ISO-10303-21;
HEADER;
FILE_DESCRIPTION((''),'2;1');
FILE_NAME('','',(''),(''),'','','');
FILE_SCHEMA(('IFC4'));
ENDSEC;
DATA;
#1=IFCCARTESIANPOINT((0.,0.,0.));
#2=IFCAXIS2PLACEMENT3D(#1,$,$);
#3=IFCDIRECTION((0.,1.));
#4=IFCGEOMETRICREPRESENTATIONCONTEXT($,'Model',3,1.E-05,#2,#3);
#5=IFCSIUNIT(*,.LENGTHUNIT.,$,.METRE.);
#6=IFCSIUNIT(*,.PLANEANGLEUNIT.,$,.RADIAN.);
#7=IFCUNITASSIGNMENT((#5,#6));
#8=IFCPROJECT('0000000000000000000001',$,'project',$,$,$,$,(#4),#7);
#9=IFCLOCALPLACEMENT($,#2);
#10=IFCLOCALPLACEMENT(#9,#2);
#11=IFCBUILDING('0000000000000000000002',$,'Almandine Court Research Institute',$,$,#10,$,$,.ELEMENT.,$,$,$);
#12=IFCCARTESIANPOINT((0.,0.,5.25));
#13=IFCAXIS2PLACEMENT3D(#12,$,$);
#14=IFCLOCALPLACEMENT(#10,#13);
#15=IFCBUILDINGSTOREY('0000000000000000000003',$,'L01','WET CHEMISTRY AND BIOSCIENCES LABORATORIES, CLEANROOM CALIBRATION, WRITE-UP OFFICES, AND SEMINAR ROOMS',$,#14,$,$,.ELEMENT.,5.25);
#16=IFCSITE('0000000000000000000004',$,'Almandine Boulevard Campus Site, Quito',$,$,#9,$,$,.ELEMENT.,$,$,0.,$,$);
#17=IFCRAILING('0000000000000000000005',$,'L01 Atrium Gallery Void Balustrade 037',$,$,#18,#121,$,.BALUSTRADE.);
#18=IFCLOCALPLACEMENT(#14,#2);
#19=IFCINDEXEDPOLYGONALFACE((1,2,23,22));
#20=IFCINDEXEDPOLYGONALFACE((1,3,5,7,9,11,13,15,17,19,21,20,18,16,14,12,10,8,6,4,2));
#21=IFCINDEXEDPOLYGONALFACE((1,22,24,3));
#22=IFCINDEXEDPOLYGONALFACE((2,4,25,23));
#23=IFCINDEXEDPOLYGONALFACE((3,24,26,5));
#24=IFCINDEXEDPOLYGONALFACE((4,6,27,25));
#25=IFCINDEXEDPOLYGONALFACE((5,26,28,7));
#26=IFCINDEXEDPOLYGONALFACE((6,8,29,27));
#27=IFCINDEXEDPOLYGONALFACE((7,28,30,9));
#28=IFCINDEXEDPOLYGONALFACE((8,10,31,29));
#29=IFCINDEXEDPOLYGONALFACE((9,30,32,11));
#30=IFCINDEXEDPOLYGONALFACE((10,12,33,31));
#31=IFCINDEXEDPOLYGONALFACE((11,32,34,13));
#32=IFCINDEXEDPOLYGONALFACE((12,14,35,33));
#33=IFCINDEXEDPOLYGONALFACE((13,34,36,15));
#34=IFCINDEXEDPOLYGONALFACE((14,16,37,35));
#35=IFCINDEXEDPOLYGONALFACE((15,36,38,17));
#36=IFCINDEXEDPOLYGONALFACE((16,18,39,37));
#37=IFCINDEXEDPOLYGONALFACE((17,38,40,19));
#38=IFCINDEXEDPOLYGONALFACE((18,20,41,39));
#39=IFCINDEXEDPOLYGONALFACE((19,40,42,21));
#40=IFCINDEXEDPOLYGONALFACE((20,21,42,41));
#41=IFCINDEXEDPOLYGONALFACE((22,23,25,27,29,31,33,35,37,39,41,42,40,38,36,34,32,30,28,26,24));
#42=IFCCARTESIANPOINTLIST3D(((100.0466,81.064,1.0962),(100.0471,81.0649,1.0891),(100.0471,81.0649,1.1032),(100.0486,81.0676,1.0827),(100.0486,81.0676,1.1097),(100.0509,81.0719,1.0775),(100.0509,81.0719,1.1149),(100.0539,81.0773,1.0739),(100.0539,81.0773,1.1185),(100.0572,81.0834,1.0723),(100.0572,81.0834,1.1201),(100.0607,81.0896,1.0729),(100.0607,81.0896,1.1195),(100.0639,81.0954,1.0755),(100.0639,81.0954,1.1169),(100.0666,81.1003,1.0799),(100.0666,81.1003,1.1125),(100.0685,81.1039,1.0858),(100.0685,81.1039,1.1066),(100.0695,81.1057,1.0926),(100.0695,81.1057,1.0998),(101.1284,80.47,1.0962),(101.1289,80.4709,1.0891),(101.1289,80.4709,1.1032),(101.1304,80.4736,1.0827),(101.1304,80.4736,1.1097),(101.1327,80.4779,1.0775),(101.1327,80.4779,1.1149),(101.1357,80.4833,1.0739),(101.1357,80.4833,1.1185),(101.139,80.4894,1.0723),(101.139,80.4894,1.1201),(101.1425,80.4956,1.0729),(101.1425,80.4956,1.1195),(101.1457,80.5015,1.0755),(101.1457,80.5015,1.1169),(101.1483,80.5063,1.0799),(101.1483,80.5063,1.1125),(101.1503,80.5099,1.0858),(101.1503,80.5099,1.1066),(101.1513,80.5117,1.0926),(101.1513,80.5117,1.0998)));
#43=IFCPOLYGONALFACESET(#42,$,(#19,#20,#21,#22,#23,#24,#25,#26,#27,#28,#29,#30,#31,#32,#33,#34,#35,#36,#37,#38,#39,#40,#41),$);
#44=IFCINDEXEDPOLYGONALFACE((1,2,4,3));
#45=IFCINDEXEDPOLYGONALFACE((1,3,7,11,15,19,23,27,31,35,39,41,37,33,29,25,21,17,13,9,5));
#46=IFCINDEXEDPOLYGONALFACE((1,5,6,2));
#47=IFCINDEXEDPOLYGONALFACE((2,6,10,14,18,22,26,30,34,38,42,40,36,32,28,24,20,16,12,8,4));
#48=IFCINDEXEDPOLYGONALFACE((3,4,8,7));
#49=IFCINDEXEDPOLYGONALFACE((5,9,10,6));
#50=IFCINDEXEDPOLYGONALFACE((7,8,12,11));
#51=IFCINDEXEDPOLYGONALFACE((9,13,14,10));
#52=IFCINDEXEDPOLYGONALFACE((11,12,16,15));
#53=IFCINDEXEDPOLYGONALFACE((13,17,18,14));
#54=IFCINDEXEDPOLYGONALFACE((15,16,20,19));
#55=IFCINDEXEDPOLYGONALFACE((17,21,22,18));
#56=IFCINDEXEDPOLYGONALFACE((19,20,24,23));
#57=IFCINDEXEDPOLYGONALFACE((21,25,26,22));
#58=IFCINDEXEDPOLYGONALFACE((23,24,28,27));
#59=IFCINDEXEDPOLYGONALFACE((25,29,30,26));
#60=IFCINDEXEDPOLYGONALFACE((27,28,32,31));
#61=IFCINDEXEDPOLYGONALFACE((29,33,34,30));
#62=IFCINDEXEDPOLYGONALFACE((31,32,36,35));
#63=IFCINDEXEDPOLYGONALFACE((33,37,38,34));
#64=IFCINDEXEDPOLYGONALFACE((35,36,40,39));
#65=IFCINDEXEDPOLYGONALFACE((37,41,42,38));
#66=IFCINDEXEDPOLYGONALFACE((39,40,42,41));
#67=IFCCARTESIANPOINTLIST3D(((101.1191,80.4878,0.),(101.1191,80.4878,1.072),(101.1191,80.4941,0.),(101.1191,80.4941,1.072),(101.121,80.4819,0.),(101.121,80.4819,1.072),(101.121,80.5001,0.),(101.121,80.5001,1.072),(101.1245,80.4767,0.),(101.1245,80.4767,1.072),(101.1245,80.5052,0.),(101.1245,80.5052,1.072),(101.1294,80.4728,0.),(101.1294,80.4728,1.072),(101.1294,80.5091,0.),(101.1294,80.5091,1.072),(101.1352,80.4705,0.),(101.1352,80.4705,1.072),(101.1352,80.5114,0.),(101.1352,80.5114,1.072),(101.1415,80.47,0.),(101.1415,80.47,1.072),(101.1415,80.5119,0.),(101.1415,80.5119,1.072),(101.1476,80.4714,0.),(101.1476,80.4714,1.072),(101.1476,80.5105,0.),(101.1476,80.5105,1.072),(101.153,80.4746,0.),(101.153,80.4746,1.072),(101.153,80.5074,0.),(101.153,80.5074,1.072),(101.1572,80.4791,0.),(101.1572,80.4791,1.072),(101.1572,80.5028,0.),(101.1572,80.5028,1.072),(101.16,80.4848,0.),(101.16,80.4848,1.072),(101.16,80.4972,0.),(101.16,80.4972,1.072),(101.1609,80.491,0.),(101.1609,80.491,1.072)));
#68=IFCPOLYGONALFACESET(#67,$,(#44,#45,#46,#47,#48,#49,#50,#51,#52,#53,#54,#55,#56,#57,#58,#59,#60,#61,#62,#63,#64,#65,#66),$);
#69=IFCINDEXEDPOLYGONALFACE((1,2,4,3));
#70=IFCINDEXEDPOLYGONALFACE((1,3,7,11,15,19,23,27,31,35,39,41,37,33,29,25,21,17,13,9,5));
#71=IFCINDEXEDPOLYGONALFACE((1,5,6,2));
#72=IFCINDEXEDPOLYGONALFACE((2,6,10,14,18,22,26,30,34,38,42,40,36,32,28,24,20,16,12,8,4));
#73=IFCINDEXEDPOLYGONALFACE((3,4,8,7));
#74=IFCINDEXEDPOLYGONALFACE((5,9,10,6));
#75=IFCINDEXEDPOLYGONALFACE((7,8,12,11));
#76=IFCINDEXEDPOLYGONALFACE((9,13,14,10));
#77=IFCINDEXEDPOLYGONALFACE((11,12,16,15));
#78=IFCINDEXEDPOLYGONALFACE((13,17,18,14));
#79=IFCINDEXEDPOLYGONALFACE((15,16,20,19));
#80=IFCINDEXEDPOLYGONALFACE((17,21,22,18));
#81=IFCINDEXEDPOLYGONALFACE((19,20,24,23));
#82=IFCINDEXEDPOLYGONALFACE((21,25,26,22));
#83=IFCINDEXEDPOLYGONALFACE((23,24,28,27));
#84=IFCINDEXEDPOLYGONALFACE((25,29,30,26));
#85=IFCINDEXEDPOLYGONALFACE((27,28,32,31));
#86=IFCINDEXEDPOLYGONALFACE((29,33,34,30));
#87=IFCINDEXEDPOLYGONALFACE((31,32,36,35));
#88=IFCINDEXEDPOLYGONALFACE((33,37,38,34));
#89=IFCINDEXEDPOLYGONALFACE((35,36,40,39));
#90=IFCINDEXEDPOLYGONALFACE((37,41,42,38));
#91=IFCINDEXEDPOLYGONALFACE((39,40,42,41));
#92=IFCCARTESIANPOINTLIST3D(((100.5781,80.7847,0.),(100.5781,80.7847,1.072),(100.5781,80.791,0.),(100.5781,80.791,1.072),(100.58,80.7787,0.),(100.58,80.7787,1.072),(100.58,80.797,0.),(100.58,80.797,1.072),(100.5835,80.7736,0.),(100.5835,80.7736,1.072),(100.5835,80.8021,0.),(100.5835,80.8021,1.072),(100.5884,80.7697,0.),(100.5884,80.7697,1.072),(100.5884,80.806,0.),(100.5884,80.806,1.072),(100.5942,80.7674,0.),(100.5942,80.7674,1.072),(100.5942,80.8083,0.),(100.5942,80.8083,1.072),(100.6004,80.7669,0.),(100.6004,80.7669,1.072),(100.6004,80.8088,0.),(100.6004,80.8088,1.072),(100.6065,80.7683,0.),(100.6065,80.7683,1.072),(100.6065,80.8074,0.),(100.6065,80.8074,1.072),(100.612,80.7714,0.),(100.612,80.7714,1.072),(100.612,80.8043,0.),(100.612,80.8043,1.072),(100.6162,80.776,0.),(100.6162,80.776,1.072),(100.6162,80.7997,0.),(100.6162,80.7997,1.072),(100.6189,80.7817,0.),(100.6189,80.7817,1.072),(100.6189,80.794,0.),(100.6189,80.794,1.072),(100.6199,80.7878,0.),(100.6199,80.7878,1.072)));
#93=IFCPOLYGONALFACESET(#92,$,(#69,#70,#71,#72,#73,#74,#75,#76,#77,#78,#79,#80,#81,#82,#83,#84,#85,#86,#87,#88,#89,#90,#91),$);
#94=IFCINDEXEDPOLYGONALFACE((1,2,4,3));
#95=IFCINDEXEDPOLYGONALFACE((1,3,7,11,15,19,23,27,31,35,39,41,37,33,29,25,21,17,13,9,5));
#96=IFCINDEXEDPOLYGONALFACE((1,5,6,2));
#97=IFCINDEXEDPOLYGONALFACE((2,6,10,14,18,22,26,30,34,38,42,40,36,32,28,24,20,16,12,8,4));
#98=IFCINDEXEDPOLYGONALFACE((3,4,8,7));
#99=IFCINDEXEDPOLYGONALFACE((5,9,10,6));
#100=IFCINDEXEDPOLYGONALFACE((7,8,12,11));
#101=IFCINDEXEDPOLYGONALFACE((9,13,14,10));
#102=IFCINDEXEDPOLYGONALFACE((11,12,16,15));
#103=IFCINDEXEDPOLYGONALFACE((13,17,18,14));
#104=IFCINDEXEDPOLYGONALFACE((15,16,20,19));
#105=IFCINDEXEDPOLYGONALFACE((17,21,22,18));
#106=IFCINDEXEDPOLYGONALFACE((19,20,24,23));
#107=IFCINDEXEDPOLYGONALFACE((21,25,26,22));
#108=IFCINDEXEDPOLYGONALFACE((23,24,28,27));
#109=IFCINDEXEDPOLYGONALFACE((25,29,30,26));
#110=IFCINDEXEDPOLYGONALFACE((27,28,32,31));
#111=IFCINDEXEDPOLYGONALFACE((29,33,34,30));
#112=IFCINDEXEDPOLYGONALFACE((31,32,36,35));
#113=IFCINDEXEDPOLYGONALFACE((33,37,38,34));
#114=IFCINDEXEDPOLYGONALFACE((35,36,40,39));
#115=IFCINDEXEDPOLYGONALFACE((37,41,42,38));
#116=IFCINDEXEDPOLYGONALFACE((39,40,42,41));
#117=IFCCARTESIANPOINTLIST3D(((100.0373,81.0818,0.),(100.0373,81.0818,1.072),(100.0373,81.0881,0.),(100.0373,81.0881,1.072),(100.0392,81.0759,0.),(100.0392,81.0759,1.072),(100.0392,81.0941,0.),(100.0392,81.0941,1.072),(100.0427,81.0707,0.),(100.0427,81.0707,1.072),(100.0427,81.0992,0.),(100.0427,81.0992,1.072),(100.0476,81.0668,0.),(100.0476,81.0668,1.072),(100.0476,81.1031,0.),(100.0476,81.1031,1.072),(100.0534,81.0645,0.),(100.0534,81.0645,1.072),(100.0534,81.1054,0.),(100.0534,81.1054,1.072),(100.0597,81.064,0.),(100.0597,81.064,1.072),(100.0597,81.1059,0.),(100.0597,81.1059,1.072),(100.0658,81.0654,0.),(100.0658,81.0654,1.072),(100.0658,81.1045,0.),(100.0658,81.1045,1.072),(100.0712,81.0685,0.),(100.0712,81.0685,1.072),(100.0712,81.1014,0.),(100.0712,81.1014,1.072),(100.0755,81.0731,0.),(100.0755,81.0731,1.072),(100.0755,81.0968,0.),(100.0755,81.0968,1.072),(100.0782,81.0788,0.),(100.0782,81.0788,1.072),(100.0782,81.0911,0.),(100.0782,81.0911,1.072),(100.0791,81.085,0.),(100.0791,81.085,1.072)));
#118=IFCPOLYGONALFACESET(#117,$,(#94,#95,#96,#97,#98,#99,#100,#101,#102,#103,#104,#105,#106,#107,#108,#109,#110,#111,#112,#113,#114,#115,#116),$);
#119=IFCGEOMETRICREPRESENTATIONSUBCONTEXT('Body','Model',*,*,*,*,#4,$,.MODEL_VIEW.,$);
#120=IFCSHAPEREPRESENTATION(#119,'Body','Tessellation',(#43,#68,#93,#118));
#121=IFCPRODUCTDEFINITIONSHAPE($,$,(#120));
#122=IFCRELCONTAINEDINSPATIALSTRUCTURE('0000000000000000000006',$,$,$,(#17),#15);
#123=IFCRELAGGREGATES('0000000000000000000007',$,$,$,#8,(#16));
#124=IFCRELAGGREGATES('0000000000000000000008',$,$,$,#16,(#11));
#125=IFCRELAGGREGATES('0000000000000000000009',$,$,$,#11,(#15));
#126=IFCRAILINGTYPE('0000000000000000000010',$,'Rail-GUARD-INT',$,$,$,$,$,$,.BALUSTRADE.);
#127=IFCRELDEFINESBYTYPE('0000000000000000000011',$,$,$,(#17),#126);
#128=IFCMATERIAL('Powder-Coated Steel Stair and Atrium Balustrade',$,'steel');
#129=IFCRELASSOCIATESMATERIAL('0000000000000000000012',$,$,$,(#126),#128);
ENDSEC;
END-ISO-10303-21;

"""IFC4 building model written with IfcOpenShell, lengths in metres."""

from ifc_helpers import new_model, si_unit, direction, frame, origin, origin_2d, place, context, subcontext, project, spatial, circle, extrude, material, type_object, element, save


model = new_model("IFC4")

# Units and contexts
model_context = context("Model", 3, precision=1e-05, world=origin(), true_north=direction((0.0, 1.0)))
body_context = subcontext(model_context, "Body", "Model", "MODEL_VIEW")
ifc_project = project(units=[si_unit("LENGTHUNIT", "METRE"), si_unit("PLANEANGLEUNIT", "RADIAN")], contexts=[model_context])

# Site, building, storey
site_placement = place(None, origin())
site = spatial("IfcSite", under=ifc_project, at=site_placement, Name="Almandine Boulevard Campus Site, Quito", CompositionType="ELEMENT", RefElevation=0.0)
building_placement = place(site_placement, origin())
building = spatial("IfcBuilding", under=site, at=building_placement, Name="Almandine Court Research Institute", CompositionType="ELEMENT")
storey_placement = place(building_placement, frame((0.0, 0.0, 5.25)))
storey = spatial("IfcBuildingStorey", under=building, at=storey_placement, Name="L01", Description="WET CHEMISTRY AND BIOSCIENCES LABORATORIES, CLEANROOM CALIBRATION, WRITE-UP OFFICES, AND SEMINAR ROOMS", CompositionType="ELEMENT", Elevation=5.25)

# Railing
ifc_material_1 = material(Name="Powder-Coated Steel Stair and Atrium Balustrade", Category="steel")
railing_type = type_object("IfcRailingType", Name="Rail-GUARD-INT", PredefinedType="BALUSTRADE", material=ifc_material_1)
railing_1_placement = place(storey_placement, frame((101.1399, 80.491, 0.0)))
element("IfcRailing", 1, at=railing_1_placement, inside=storey, type_object=railing_type, Name="L01 Atrium Gallery Void Balustrade 037", PredefinedType="BALUSTRADE", context=body_context, shape_type="SweptSolid", body=[
    extrude(circle(Radius=0.0239, at=origin_2d()), frame((0.0, 0.0, 1.0962), z_axis=(-0.876554, 0.481304, 0.0), x_axis=(-0.481304, -0.876554, 0.0)), (0.0, 0.0, 1.0), 1.2341),
    extrude(circle(Radius=0.021, at=origin_2d()), origin(), (0.0, 0.0, 1.0), 1.072),
    extrude(circle(Radius=0.021, at=origin_2d()), frame((-0.541, 0.2969, 0.0)), (0.0, 0.0, 1.0), 1.072),
    extrude(circle(Radius=0.021, at=origin_2d()), frame((-1.0818, 0.594, 0.0)), (0.0, 0.0, 1.0), 1.072),
])

save(model, "model.ifc")
